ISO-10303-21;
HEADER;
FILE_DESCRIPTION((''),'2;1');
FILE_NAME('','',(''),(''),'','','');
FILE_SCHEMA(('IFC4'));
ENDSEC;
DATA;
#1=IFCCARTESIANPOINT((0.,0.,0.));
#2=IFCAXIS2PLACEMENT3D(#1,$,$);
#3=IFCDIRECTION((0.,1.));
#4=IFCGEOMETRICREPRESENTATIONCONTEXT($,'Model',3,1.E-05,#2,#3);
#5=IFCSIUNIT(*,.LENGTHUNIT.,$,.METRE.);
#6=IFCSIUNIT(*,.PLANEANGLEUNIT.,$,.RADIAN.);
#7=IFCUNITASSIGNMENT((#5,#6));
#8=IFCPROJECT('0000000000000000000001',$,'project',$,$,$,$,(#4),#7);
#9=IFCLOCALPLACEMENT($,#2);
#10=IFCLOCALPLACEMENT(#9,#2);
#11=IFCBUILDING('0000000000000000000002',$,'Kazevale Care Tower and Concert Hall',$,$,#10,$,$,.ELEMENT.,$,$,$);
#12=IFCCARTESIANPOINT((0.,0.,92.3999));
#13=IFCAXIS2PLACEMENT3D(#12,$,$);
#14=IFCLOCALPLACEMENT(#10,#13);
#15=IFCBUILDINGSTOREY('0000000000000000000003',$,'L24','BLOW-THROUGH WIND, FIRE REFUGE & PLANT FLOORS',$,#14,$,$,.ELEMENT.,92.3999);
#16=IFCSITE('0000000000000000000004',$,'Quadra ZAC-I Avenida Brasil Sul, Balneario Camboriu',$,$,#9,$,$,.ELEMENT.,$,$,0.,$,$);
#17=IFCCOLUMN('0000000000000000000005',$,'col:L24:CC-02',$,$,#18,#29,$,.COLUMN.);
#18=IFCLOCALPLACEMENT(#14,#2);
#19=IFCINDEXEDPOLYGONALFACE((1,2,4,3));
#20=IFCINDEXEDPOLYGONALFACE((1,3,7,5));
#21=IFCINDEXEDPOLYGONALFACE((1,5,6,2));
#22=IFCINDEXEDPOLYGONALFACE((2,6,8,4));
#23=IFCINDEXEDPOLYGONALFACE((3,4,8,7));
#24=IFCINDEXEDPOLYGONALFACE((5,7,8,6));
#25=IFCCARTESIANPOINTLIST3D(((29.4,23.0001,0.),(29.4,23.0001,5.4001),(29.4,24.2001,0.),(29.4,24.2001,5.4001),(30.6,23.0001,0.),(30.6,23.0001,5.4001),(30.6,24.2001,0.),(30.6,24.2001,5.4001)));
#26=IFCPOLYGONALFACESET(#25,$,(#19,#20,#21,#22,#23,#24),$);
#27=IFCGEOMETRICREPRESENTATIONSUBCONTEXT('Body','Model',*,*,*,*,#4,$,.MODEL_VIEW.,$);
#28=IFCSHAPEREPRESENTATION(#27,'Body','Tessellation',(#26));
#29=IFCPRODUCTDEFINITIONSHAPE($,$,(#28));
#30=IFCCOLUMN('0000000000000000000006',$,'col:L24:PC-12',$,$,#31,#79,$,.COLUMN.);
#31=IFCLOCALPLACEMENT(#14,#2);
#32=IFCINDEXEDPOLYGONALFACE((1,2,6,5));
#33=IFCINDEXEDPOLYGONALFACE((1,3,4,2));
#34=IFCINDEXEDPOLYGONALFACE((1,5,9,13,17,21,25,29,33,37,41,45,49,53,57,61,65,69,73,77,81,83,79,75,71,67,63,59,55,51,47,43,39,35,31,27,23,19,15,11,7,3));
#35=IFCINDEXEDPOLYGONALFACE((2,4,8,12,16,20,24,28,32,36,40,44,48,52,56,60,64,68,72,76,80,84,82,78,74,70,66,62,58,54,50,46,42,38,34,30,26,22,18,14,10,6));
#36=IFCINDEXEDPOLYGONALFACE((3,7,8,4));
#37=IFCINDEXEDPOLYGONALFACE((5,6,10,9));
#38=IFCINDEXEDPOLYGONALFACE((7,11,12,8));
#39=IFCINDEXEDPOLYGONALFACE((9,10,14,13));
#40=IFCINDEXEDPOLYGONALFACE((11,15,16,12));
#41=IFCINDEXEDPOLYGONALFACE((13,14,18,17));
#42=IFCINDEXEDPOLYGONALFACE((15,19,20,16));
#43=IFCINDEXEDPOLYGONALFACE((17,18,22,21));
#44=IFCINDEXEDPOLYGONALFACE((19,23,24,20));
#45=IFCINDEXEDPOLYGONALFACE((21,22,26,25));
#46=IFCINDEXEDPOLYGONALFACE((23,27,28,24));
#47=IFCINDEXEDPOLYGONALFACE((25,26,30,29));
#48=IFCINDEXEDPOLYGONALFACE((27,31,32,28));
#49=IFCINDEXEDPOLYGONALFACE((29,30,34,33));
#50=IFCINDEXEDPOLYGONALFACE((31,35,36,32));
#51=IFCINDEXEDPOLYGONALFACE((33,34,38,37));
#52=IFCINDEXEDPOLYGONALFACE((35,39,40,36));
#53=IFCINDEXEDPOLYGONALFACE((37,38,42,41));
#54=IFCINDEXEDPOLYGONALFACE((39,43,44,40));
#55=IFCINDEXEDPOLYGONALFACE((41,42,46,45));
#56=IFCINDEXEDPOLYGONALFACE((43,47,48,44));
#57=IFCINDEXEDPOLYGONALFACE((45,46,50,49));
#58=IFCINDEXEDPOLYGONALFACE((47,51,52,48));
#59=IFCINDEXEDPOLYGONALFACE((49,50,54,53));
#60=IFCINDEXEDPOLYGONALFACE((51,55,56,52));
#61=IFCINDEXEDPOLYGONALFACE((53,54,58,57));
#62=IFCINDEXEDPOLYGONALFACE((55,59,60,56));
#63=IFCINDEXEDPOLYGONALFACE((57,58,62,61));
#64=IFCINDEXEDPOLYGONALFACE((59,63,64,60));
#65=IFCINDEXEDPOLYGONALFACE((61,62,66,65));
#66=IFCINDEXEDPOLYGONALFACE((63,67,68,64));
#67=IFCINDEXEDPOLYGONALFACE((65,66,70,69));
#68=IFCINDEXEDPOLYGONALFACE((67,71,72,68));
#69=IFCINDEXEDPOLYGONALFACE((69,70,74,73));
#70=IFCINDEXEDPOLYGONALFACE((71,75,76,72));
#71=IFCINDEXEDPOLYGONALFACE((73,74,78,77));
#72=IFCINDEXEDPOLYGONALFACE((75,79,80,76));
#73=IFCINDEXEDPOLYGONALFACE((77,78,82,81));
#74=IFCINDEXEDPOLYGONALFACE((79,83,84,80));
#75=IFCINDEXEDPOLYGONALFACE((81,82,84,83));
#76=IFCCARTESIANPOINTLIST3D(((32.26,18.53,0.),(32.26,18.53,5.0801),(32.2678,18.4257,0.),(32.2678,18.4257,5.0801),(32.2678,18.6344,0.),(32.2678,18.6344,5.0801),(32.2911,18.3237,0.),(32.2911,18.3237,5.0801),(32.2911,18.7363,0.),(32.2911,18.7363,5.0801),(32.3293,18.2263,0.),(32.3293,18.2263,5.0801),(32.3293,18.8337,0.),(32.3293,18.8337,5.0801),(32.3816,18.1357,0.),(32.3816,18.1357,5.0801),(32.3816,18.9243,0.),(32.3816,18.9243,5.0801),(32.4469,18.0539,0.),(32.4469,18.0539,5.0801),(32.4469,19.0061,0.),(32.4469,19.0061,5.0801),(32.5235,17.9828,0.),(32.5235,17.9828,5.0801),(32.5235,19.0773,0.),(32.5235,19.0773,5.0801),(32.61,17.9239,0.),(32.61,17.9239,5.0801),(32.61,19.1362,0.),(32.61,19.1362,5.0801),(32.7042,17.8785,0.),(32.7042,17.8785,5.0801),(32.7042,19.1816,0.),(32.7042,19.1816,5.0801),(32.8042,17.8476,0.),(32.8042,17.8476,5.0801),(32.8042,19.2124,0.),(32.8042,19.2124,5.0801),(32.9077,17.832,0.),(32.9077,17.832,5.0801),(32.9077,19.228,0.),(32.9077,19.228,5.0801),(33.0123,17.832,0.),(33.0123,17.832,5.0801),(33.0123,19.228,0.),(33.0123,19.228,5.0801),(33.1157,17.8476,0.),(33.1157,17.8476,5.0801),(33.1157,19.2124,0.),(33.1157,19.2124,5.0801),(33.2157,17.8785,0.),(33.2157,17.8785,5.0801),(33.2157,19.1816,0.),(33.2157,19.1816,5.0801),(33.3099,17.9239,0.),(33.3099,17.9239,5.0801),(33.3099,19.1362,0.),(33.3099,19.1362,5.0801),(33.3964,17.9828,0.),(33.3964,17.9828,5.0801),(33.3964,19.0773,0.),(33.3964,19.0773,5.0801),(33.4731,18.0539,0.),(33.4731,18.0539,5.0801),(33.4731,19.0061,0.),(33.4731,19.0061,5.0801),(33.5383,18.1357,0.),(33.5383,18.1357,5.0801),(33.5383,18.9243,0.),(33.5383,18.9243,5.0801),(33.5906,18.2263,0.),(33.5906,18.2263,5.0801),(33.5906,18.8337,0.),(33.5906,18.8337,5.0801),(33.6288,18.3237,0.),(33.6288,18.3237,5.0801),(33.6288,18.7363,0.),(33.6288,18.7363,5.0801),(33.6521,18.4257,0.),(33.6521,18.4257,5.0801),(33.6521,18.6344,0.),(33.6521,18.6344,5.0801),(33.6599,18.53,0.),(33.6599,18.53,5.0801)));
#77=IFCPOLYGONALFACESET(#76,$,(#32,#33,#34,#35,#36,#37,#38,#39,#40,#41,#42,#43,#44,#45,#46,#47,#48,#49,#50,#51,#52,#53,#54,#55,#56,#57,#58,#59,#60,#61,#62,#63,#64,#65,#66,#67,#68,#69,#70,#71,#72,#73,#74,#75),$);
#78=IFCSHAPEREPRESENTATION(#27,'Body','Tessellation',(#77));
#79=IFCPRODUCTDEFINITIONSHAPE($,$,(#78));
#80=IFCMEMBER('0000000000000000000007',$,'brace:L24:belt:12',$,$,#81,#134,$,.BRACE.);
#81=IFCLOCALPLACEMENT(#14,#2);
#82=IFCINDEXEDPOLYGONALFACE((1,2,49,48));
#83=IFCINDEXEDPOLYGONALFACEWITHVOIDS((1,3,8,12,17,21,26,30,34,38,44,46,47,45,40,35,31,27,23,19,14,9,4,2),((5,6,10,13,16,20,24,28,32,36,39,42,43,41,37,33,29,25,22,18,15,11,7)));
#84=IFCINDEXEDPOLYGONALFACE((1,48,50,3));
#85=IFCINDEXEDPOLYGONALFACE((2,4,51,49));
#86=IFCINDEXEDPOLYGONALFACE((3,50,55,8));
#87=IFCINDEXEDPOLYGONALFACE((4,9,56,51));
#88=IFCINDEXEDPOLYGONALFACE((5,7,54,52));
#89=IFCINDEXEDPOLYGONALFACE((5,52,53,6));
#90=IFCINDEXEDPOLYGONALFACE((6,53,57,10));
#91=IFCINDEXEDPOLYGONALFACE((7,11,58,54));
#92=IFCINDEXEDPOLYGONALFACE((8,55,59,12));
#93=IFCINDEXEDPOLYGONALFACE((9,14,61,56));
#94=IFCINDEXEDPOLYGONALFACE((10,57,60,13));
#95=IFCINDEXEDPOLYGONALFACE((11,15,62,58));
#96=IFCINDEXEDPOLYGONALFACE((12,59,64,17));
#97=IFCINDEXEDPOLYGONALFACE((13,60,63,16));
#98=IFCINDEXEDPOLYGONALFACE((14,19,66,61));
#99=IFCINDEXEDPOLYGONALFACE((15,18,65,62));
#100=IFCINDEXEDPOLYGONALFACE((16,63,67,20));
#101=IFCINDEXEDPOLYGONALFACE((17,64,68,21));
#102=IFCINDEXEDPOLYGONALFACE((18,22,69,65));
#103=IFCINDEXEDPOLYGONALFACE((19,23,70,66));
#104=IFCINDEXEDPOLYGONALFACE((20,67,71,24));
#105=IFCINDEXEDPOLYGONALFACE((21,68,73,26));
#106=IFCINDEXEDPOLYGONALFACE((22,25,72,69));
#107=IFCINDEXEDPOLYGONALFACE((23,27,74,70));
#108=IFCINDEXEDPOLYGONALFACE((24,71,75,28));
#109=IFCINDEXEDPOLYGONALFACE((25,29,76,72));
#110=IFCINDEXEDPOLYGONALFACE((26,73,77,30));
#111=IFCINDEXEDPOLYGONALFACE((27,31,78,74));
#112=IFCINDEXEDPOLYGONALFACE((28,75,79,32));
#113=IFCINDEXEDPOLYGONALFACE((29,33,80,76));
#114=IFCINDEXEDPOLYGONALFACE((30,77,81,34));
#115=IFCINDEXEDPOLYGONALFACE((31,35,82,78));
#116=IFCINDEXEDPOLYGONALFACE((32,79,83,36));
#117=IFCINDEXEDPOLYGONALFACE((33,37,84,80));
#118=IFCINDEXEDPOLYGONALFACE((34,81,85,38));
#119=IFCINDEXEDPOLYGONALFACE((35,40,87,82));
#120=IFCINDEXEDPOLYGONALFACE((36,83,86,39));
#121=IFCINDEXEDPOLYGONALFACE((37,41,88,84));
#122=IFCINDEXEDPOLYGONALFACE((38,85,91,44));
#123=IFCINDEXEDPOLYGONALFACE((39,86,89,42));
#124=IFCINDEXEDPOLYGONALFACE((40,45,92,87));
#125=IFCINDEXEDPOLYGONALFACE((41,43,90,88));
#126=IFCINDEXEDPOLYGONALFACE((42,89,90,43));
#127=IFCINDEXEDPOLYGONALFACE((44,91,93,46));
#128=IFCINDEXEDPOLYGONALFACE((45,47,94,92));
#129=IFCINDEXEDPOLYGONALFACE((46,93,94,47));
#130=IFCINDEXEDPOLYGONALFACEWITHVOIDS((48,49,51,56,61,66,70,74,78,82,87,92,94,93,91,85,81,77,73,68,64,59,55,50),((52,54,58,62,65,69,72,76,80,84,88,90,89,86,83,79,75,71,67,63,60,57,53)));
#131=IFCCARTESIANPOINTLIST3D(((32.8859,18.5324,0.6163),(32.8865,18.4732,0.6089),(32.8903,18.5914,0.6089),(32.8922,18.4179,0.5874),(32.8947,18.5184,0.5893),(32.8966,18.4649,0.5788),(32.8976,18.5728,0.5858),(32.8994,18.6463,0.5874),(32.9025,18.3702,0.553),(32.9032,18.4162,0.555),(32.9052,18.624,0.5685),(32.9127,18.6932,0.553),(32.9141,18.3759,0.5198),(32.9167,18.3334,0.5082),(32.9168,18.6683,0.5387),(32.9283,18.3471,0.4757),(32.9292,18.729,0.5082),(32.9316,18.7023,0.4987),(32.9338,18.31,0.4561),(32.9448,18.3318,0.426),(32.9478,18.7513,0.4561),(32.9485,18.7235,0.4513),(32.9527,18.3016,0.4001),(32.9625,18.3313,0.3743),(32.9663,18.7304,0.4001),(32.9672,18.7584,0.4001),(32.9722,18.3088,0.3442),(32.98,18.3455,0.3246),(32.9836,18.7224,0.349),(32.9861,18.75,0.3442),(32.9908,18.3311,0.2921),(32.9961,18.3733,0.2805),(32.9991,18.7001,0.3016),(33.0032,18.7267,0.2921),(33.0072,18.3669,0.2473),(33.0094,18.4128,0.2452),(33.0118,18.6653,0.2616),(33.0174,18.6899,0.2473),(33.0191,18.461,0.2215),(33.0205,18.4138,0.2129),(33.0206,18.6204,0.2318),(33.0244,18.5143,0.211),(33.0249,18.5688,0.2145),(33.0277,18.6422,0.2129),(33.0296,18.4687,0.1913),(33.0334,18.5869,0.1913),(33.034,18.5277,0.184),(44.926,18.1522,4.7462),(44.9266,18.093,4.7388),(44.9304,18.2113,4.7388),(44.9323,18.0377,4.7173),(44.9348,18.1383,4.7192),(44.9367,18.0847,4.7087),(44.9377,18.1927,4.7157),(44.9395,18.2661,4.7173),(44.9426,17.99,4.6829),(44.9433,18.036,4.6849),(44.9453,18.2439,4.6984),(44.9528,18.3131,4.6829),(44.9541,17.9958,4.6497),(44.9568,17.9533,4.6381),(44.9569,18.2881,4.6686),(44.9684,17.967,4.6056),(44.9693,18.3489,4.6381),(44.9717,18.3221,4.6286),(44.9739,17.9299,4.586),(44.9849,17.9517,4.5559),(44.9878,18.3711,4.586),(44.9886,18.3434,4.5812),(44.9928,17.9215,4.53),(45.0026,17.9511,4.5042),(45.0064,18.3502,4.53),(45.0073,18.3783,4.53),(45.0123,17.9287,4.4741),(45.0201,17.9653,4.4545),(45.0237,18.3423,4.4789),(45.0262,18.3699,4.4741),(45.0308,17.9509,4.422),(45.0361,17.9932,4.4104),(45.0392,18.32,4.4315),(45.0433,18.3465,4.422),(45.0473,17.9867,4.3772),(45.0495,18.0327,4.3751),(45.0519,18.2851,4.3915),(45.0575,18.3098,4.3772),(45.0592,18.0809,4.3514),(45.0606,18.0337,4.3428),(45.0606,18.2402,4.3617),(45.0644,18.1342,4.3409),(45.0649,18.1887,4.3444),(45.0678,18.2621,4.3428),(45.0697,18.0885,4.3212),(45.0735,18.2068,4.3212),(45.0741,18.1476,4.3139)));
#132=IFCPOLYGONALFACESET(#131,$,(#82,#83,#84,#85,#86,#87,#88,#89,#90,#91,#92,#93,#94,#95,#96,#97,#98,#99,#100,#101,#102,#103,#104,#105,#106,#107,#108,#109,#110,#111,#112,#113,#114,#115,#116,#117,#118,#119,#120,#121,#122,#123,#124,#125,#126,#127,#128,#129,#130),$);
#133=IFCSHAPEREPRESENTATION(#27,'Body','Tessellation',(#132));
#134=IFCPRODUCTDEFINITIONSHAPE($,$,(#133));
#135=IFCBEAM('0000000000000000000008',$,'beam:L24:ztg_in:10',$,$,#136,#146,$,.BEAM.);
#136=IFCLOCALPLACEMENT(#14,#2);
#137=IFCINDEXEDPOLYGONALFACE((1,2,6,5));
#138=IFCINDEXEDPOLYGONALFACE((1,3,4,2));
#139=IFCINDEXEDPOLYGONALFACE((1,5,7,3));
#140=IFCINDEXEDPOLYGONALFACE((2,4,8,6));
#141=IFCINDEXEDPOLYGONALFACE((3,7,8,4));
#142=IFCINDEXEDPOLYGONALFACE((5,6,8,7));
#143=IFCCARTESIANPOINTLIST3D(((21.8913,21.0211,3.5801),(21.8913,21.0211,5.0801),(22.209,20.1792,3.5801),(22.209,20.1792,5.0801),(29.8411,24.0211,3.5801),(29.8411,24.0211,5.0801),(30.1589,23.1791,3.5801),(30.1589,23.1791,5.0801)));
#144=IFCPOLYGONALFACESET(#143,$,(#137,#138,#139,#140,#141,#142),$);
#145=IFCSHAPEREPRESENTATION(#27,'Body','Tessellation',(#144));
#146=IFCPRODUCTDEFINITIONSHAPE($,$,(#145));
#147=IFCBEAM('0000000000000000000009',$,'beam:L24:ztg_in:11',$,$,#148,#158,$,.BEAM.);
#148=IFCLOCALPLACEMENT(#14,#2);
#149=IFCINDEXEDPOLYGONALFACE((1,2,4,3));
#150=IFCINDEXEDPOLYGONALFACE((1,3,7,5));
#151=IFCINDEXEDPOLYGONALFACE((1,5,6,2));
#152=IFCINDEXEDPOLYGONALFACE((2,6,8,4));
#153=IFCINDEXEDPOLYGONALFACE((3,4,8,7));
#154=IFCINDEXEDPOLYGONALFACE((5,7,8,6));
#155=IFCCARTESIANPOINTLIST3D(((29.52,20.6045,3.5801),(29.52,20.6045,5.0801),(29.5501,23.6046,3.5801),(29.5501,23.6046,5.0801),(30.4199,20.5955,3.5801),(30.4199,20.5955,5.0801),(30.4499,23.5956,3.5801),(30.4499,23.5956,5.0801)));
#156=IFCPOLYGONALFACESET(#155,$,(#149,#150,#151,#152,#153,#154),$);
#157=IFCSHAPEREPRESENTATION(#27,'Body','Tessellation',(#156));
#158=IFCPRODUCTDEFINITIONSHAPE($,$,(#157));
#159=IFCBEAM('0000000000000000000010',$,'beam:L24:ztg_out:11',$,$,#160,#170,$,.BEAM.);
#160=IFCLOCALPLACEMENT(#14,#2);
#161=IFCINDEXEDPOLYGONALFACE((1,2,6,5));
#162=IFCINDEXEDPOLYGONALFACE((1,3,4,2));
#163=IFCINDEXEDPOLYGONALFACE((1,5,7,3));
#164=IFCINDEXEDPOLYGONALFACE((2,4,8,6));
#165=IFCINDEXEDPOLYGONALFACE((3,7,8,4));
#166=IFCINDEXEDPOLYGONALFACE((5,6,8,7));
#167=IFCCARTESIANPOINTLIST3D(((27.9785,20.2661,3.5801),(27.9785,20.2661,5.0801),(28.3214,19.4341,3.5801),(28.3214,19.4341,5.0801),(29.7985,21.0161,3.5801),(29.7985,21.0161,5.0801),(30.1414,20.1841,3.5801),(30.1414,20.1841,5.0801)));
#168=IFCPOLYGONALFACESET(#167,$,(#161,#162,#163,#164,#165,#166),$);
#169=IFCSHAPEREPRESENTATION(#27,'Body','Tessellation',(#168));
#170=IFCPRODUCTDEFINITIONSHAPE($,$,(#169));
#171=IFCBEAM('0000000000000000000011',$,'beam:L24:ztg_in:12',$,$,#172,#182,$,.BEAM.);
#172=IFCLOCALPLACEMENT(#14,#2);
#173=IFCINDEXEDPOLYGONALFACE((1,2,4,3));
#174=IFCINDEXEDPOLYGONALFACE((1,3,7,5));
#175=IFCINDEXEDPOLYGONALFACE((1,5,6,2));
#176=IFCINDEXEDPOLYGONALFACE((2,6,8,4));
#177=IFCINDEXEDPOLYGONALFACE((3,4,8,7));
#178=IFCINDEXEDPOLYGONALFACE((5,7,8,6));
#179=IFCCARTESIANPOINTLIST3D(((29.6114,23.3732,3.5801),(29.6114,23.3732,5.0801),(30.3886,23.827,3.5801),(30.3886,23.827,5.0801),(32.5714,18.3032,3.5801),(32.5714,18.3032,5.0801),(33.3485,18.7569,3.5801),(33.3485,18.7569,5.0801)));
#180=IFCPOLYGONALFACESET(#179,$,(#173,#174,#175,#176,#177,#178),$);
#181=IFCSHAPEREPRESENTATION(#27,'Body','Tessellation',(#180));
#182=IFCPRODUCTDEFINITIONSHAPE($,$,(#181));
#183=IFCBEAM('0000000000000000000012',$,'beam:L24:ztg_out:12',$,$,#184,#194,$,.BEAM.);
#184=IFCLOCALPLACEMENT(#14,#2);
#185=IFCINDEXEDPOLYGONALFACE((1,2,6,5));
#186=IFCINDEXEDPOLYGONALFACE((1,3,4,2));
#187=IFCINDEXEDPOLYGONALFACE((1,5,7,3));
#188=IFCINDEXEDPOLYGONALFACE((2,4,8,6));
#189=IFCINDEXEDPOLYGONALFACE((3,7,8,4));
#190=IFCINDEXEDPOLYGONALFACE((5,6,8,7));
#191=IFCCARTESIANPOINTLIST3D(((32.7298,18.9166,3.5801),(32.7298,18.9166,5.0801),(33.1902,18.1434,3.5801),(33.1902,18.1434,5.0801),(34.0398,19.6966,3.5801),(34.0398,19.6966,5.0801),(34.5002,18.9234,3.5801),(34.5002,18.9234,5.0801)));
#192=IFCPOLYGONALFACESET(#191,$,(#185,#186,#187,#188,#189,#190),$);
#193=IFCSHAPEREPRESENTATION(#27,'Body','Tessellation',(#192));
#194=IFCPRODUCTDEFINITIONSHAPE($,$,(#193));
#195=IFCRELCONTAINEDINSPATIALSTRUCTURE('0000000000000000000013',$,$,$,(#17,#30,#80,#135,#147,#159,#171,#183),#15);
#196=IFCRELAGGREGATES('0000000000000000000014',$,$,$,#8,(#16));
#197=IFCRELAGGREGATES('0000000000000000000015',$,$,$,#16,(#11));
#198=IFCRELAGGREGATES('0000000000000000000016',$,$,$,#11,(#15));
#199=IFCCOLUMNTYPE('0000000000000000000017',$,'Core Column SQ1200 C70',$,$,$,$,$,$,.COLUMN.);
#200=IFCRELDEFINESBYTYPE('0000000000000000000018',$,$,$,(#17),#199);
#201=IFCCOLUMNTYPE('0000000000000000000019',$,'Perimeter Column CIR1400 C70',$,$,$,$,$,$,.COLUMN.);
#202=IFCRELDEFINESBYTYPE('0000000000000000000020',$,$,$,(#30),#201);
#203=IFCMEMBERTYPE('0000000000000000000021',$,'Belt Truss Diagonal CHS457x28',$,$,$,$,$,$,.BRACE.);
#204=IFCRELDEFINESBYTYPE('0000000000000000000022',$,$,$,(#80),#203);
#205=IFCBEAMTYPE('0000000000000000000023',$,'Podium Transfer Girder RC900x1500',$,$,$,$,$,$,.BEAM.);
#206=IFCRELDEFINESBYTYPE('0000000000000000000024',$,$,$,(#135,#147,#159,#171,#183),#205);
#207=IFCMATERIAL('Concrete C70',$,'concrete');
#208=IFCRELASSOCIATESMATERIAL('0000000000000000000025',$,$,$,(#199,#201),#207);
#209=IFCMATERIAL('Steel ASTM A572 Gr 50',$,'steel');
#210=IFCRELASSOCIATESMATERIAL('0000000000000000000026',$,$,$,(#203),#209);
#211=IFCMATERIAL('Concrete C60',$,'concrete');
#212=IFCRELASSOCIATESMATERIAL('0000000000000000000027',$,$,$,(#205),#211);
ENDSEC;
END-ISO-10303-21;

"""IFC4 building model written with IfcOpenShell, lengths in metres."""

from ifc_helpers import new_model, si_unit, direction, frame, origin, origin_2d, place, context, subcontext, project, spatial, rectangle, circle, hollow_circle, extrude, material, material_profile, profile_set, type_object, element, save


model = new_model("IFC4")

# Units and contexts
model_context = context("Model", 3, precision=1e-05, world=origin(), true_north=direction((0.0, 1.0)))
body_context = subcontext(model_context, "Body", "Model", "MODEL_VIEW")
ifc_project = project(units=[si_unit("LENGTHUNIT", "METRE"), si_unit("PLANEANGLEUNIT", "RADIAN")], contexts=[model_context])

# Site, building, storey
site_placement = place(None, origin())
site = spatial("IfcSite", under=ifc_project, at=site_placement, Name="Quadra ZAC-I Avenida Brasil Sul, Balneario Camboriu", CompositionType="ELEMENT", RefElevation=0.0)
building_placement = place(site_placement, origin())
building = spatial("IfcBuilding", under=site, at=building_placement, Name="Kazevale Care Tower and Concert Hall", CompositionType="ELEMENT")
storey_placement = place(building_placement, frame((0.0, 0.0, 92.3999)))
storey = spatial("IfcBuildingStorey", under=building, at=storey_placement, Name="L24", Description="BLOW-THROUGH WIND, FIRE REFUGE & PLANT FLOORS", CompositionType="ELEMENT", Elevation=92.3999)

# Columns
ifc_material_1 = material(Name="Concrete C70", Category="concrete")
ifc_material_profile_1 = material_profile(ifc_material_1, rectangle(XDim=1.2, YDim=1.2, at=origin_2d()), Name="RC-SQ1200")
ifc_profile_set_1 = profile_set([ifc_material_profile_1], Name="Concrete C70")
column_type_1 = type_object("IfcColumnType", Name="Core Column SQ1200 C70", PredefinedType="COLUMN", material=ifc_profile_set_1)
column_1_placement = place(storey_placement, frame((30.0, 23.6001, 0.0), z_axis=(0.0, 0.0, 1.0), x_axis=(1.0, 0.0, 0.0)))
element("IfcColumn", 1, at=column_1_placement, inside=storey, type_object=column_type_1, Name="col:L24:CC-02", PredefinedType="COLUMN", context=body_context, shape_type="SweptSolid", body=[
    extrude(rectangle(XDim=1.2, YDim=1.2, at=origin_2d()), origin(), (0.0, 0.0, 1.0), 5.4001),
])
ifc_material_profile_2 = material_profile(ifc_material_1, circle(Radius=0.7, at=origin_2d()), Name="RC-CIR1400")
ifc_profile_set_2 = profile_set([ifc_material_profile_2], Name="Concrete C70")
column_type_2 = type_object("IfcColumnType", Name="Perimeter Column CIR1400 C70", PredefinedType="COLUMN", material=ifc_profile_set_2)
column_2_placement = place(storey_placement, frame((32.96, 18.53, 0.0), z_axis=(0.0, 0.0, 1.0), x_axis=(1.0, 0.0, 0.0)))
element("IfcColumn", 2, at=column_2_placement, inside=storey, type_object=column_type_2, Name="col:L24:PC-12", PredefinedType="COLUMN", context=body_context, shape_type="SweptSolid", body=[
    extrude(circle(Radius=0.7, at=origin_2d()), origin(), (0.0, 0.0, 1.0), 5.0801),
])

# Member
ifc_material_2 = material(Name="Steel ASTM A572 Gr 50", Category="steel")
ifc_material_profile_3 = material_profile(ifc_material_2, hollow_circle(Radius=0.2285, WallThickness=0.0281, at=origin_2d()), Name="CHS457x28")
ifc_profile_set_3 = profile_set([ifc_material_profile_3], Name="Steel ASTM A572 Gr 50")
member_type = type_object("IfcMemberType", Name="Belt Truss Diagonal CHS457x28", PredefinedType="BRACE", material=ifc_profile_set_3)
member_placement = place(storey_placement, frame((32.96, 18.53, 0.4001), z_axis=(0.945479, -0.029851, 0.324311), x_axis=(0.031556, 0.999502, 0.0)))
element("IfcMember", 3, at=member_placement, inside=storey, type_object=member_type, Name="brace:L24:belt:12", PredefinedType="BRACE", context=body_context, shape_type="SweptSolid", body=[
    extrude(hollow_circle(Radius=0.2285, WallThickness=0.0281, at=origin_2d()), origin(), (0.0, 0.0, 1.0), 12.7344),
])

# Beams
ifc_material_3 = material(Name="Concrete C60", Category="concrete")
ifc_material_profile_4 = material_profile(ifc_material_3, rectangle(XDim=0.8999, YDim=1.5, at=origin_2d()), Name="RC-TG900x1500")
ifc_profile_set_4 = profile_set([ifc_material_profile_4], Name="Concrete C60")
beam_type_1 = type_object("IfcBeamType", Name="Podium Transfer Girder RC900x1500", PredefinedType="BEAM", material=ifc_profile_set_4)
beam_1_placement = place(storey_placement, frame((30.0, 23.6001, 4.3301), z_axis=(-0.935601, -0.353059, 0.0), x_axis=(0.353059, -0.935601, 0.0)))
element("IfcBeam", 4, at=beam_1_placement, inside=storey, type_object=beam_type_1, Name="beam:L24:ztg_in:10", PredefinedType="BEAM", context=body_context, shape_type="SweptSolid", body=[
    extrude(rectangle(XDim=0.8999, YDim=1.5, at=origin_2d()), origin(), (0.0, 0.0, 1.0), 8.4971),
])
beam_2_placement = place(storey_placement, frame((30.0, 23.6001, 4.3301), z_axis=(-0.010009, -0.99995, 0.0), x_axis=(0.99995, -0.010009, 0.0)))
element("IfcBeam", 5, at=beam_2_placement, inside=storey, type_object=beam_type_1, Name="beam:L24:ztg_in:11", PredefinedType="BEAM", context=body_context, shape_type="SweptSolid", body=[
    extrude(rectangle(XDim=0.8999, YDim=1.5, at=origin_2d()), origin(), (0.0, 0.0, 1.0), 3.0002),
])
beam_3_placement = place(storey_placement, frame((29.97, 20.6001, 4.3301), z_axis=(-0.924578, -0.380993, 0.0), x_axis=(0.380993, -0.924578, 0.0)))
element("IfcBeam", 6, at=beam_3_placement, inside=storey, type_object=beam_type_1, Name="beam:L24:ztg_out:11", PredefinedType="BEAM", context=body_context, shape_type="SweptSolid", body=[
    extrude(rectangle(XDim=0.8999, YDim=1.5, at=origin_2d()), origin(), (0.0, 0.0, 1.0), 1.9685),
])
beam_4_placement = place(storey_placement, frame((30.0, 23.6001, 4.3301), z_axis=(0.504179, -0.863599, 0.0), x_axis=(0.863599, 0.504179, 0.0)))
element("IfcBeam", 7, at=beam_4_placement, inside=storey, type_object=beam_type_1, Name="beam:L24:ztg_in:12", PredefinedType="BEAM", context=body_context, shape_type="SweptSolid", body=[
    extrude(rectangle(XDim=0.8999, YDim=1.5, at=origin_2d()), origin(), (0.0, 0.0, 1.0), 5.8708),
])
beam_5_placement = place(storey_placement, frame((32.96, 18.53, 4.3301), z_axis=(0.859226, 0.511596, 0.0), x_axis=(-0.511596, 0.859226, 0.0)))
element("IfcBeam", 8, at=beam_5_placement, inside=storey, type_object=beam_type_1, Name="beam:L24:ztg_out:12", PredefinedType="BEAM", context=body_context, shape_type="SweptSolid", body=[
    extrude(rectangle(XDim=0.8999, YDim=1.5, at=origin_2d()), origin(), (0.0, 0.0, 1.0), 1.5247),
])

save(model, "model.ifc")
